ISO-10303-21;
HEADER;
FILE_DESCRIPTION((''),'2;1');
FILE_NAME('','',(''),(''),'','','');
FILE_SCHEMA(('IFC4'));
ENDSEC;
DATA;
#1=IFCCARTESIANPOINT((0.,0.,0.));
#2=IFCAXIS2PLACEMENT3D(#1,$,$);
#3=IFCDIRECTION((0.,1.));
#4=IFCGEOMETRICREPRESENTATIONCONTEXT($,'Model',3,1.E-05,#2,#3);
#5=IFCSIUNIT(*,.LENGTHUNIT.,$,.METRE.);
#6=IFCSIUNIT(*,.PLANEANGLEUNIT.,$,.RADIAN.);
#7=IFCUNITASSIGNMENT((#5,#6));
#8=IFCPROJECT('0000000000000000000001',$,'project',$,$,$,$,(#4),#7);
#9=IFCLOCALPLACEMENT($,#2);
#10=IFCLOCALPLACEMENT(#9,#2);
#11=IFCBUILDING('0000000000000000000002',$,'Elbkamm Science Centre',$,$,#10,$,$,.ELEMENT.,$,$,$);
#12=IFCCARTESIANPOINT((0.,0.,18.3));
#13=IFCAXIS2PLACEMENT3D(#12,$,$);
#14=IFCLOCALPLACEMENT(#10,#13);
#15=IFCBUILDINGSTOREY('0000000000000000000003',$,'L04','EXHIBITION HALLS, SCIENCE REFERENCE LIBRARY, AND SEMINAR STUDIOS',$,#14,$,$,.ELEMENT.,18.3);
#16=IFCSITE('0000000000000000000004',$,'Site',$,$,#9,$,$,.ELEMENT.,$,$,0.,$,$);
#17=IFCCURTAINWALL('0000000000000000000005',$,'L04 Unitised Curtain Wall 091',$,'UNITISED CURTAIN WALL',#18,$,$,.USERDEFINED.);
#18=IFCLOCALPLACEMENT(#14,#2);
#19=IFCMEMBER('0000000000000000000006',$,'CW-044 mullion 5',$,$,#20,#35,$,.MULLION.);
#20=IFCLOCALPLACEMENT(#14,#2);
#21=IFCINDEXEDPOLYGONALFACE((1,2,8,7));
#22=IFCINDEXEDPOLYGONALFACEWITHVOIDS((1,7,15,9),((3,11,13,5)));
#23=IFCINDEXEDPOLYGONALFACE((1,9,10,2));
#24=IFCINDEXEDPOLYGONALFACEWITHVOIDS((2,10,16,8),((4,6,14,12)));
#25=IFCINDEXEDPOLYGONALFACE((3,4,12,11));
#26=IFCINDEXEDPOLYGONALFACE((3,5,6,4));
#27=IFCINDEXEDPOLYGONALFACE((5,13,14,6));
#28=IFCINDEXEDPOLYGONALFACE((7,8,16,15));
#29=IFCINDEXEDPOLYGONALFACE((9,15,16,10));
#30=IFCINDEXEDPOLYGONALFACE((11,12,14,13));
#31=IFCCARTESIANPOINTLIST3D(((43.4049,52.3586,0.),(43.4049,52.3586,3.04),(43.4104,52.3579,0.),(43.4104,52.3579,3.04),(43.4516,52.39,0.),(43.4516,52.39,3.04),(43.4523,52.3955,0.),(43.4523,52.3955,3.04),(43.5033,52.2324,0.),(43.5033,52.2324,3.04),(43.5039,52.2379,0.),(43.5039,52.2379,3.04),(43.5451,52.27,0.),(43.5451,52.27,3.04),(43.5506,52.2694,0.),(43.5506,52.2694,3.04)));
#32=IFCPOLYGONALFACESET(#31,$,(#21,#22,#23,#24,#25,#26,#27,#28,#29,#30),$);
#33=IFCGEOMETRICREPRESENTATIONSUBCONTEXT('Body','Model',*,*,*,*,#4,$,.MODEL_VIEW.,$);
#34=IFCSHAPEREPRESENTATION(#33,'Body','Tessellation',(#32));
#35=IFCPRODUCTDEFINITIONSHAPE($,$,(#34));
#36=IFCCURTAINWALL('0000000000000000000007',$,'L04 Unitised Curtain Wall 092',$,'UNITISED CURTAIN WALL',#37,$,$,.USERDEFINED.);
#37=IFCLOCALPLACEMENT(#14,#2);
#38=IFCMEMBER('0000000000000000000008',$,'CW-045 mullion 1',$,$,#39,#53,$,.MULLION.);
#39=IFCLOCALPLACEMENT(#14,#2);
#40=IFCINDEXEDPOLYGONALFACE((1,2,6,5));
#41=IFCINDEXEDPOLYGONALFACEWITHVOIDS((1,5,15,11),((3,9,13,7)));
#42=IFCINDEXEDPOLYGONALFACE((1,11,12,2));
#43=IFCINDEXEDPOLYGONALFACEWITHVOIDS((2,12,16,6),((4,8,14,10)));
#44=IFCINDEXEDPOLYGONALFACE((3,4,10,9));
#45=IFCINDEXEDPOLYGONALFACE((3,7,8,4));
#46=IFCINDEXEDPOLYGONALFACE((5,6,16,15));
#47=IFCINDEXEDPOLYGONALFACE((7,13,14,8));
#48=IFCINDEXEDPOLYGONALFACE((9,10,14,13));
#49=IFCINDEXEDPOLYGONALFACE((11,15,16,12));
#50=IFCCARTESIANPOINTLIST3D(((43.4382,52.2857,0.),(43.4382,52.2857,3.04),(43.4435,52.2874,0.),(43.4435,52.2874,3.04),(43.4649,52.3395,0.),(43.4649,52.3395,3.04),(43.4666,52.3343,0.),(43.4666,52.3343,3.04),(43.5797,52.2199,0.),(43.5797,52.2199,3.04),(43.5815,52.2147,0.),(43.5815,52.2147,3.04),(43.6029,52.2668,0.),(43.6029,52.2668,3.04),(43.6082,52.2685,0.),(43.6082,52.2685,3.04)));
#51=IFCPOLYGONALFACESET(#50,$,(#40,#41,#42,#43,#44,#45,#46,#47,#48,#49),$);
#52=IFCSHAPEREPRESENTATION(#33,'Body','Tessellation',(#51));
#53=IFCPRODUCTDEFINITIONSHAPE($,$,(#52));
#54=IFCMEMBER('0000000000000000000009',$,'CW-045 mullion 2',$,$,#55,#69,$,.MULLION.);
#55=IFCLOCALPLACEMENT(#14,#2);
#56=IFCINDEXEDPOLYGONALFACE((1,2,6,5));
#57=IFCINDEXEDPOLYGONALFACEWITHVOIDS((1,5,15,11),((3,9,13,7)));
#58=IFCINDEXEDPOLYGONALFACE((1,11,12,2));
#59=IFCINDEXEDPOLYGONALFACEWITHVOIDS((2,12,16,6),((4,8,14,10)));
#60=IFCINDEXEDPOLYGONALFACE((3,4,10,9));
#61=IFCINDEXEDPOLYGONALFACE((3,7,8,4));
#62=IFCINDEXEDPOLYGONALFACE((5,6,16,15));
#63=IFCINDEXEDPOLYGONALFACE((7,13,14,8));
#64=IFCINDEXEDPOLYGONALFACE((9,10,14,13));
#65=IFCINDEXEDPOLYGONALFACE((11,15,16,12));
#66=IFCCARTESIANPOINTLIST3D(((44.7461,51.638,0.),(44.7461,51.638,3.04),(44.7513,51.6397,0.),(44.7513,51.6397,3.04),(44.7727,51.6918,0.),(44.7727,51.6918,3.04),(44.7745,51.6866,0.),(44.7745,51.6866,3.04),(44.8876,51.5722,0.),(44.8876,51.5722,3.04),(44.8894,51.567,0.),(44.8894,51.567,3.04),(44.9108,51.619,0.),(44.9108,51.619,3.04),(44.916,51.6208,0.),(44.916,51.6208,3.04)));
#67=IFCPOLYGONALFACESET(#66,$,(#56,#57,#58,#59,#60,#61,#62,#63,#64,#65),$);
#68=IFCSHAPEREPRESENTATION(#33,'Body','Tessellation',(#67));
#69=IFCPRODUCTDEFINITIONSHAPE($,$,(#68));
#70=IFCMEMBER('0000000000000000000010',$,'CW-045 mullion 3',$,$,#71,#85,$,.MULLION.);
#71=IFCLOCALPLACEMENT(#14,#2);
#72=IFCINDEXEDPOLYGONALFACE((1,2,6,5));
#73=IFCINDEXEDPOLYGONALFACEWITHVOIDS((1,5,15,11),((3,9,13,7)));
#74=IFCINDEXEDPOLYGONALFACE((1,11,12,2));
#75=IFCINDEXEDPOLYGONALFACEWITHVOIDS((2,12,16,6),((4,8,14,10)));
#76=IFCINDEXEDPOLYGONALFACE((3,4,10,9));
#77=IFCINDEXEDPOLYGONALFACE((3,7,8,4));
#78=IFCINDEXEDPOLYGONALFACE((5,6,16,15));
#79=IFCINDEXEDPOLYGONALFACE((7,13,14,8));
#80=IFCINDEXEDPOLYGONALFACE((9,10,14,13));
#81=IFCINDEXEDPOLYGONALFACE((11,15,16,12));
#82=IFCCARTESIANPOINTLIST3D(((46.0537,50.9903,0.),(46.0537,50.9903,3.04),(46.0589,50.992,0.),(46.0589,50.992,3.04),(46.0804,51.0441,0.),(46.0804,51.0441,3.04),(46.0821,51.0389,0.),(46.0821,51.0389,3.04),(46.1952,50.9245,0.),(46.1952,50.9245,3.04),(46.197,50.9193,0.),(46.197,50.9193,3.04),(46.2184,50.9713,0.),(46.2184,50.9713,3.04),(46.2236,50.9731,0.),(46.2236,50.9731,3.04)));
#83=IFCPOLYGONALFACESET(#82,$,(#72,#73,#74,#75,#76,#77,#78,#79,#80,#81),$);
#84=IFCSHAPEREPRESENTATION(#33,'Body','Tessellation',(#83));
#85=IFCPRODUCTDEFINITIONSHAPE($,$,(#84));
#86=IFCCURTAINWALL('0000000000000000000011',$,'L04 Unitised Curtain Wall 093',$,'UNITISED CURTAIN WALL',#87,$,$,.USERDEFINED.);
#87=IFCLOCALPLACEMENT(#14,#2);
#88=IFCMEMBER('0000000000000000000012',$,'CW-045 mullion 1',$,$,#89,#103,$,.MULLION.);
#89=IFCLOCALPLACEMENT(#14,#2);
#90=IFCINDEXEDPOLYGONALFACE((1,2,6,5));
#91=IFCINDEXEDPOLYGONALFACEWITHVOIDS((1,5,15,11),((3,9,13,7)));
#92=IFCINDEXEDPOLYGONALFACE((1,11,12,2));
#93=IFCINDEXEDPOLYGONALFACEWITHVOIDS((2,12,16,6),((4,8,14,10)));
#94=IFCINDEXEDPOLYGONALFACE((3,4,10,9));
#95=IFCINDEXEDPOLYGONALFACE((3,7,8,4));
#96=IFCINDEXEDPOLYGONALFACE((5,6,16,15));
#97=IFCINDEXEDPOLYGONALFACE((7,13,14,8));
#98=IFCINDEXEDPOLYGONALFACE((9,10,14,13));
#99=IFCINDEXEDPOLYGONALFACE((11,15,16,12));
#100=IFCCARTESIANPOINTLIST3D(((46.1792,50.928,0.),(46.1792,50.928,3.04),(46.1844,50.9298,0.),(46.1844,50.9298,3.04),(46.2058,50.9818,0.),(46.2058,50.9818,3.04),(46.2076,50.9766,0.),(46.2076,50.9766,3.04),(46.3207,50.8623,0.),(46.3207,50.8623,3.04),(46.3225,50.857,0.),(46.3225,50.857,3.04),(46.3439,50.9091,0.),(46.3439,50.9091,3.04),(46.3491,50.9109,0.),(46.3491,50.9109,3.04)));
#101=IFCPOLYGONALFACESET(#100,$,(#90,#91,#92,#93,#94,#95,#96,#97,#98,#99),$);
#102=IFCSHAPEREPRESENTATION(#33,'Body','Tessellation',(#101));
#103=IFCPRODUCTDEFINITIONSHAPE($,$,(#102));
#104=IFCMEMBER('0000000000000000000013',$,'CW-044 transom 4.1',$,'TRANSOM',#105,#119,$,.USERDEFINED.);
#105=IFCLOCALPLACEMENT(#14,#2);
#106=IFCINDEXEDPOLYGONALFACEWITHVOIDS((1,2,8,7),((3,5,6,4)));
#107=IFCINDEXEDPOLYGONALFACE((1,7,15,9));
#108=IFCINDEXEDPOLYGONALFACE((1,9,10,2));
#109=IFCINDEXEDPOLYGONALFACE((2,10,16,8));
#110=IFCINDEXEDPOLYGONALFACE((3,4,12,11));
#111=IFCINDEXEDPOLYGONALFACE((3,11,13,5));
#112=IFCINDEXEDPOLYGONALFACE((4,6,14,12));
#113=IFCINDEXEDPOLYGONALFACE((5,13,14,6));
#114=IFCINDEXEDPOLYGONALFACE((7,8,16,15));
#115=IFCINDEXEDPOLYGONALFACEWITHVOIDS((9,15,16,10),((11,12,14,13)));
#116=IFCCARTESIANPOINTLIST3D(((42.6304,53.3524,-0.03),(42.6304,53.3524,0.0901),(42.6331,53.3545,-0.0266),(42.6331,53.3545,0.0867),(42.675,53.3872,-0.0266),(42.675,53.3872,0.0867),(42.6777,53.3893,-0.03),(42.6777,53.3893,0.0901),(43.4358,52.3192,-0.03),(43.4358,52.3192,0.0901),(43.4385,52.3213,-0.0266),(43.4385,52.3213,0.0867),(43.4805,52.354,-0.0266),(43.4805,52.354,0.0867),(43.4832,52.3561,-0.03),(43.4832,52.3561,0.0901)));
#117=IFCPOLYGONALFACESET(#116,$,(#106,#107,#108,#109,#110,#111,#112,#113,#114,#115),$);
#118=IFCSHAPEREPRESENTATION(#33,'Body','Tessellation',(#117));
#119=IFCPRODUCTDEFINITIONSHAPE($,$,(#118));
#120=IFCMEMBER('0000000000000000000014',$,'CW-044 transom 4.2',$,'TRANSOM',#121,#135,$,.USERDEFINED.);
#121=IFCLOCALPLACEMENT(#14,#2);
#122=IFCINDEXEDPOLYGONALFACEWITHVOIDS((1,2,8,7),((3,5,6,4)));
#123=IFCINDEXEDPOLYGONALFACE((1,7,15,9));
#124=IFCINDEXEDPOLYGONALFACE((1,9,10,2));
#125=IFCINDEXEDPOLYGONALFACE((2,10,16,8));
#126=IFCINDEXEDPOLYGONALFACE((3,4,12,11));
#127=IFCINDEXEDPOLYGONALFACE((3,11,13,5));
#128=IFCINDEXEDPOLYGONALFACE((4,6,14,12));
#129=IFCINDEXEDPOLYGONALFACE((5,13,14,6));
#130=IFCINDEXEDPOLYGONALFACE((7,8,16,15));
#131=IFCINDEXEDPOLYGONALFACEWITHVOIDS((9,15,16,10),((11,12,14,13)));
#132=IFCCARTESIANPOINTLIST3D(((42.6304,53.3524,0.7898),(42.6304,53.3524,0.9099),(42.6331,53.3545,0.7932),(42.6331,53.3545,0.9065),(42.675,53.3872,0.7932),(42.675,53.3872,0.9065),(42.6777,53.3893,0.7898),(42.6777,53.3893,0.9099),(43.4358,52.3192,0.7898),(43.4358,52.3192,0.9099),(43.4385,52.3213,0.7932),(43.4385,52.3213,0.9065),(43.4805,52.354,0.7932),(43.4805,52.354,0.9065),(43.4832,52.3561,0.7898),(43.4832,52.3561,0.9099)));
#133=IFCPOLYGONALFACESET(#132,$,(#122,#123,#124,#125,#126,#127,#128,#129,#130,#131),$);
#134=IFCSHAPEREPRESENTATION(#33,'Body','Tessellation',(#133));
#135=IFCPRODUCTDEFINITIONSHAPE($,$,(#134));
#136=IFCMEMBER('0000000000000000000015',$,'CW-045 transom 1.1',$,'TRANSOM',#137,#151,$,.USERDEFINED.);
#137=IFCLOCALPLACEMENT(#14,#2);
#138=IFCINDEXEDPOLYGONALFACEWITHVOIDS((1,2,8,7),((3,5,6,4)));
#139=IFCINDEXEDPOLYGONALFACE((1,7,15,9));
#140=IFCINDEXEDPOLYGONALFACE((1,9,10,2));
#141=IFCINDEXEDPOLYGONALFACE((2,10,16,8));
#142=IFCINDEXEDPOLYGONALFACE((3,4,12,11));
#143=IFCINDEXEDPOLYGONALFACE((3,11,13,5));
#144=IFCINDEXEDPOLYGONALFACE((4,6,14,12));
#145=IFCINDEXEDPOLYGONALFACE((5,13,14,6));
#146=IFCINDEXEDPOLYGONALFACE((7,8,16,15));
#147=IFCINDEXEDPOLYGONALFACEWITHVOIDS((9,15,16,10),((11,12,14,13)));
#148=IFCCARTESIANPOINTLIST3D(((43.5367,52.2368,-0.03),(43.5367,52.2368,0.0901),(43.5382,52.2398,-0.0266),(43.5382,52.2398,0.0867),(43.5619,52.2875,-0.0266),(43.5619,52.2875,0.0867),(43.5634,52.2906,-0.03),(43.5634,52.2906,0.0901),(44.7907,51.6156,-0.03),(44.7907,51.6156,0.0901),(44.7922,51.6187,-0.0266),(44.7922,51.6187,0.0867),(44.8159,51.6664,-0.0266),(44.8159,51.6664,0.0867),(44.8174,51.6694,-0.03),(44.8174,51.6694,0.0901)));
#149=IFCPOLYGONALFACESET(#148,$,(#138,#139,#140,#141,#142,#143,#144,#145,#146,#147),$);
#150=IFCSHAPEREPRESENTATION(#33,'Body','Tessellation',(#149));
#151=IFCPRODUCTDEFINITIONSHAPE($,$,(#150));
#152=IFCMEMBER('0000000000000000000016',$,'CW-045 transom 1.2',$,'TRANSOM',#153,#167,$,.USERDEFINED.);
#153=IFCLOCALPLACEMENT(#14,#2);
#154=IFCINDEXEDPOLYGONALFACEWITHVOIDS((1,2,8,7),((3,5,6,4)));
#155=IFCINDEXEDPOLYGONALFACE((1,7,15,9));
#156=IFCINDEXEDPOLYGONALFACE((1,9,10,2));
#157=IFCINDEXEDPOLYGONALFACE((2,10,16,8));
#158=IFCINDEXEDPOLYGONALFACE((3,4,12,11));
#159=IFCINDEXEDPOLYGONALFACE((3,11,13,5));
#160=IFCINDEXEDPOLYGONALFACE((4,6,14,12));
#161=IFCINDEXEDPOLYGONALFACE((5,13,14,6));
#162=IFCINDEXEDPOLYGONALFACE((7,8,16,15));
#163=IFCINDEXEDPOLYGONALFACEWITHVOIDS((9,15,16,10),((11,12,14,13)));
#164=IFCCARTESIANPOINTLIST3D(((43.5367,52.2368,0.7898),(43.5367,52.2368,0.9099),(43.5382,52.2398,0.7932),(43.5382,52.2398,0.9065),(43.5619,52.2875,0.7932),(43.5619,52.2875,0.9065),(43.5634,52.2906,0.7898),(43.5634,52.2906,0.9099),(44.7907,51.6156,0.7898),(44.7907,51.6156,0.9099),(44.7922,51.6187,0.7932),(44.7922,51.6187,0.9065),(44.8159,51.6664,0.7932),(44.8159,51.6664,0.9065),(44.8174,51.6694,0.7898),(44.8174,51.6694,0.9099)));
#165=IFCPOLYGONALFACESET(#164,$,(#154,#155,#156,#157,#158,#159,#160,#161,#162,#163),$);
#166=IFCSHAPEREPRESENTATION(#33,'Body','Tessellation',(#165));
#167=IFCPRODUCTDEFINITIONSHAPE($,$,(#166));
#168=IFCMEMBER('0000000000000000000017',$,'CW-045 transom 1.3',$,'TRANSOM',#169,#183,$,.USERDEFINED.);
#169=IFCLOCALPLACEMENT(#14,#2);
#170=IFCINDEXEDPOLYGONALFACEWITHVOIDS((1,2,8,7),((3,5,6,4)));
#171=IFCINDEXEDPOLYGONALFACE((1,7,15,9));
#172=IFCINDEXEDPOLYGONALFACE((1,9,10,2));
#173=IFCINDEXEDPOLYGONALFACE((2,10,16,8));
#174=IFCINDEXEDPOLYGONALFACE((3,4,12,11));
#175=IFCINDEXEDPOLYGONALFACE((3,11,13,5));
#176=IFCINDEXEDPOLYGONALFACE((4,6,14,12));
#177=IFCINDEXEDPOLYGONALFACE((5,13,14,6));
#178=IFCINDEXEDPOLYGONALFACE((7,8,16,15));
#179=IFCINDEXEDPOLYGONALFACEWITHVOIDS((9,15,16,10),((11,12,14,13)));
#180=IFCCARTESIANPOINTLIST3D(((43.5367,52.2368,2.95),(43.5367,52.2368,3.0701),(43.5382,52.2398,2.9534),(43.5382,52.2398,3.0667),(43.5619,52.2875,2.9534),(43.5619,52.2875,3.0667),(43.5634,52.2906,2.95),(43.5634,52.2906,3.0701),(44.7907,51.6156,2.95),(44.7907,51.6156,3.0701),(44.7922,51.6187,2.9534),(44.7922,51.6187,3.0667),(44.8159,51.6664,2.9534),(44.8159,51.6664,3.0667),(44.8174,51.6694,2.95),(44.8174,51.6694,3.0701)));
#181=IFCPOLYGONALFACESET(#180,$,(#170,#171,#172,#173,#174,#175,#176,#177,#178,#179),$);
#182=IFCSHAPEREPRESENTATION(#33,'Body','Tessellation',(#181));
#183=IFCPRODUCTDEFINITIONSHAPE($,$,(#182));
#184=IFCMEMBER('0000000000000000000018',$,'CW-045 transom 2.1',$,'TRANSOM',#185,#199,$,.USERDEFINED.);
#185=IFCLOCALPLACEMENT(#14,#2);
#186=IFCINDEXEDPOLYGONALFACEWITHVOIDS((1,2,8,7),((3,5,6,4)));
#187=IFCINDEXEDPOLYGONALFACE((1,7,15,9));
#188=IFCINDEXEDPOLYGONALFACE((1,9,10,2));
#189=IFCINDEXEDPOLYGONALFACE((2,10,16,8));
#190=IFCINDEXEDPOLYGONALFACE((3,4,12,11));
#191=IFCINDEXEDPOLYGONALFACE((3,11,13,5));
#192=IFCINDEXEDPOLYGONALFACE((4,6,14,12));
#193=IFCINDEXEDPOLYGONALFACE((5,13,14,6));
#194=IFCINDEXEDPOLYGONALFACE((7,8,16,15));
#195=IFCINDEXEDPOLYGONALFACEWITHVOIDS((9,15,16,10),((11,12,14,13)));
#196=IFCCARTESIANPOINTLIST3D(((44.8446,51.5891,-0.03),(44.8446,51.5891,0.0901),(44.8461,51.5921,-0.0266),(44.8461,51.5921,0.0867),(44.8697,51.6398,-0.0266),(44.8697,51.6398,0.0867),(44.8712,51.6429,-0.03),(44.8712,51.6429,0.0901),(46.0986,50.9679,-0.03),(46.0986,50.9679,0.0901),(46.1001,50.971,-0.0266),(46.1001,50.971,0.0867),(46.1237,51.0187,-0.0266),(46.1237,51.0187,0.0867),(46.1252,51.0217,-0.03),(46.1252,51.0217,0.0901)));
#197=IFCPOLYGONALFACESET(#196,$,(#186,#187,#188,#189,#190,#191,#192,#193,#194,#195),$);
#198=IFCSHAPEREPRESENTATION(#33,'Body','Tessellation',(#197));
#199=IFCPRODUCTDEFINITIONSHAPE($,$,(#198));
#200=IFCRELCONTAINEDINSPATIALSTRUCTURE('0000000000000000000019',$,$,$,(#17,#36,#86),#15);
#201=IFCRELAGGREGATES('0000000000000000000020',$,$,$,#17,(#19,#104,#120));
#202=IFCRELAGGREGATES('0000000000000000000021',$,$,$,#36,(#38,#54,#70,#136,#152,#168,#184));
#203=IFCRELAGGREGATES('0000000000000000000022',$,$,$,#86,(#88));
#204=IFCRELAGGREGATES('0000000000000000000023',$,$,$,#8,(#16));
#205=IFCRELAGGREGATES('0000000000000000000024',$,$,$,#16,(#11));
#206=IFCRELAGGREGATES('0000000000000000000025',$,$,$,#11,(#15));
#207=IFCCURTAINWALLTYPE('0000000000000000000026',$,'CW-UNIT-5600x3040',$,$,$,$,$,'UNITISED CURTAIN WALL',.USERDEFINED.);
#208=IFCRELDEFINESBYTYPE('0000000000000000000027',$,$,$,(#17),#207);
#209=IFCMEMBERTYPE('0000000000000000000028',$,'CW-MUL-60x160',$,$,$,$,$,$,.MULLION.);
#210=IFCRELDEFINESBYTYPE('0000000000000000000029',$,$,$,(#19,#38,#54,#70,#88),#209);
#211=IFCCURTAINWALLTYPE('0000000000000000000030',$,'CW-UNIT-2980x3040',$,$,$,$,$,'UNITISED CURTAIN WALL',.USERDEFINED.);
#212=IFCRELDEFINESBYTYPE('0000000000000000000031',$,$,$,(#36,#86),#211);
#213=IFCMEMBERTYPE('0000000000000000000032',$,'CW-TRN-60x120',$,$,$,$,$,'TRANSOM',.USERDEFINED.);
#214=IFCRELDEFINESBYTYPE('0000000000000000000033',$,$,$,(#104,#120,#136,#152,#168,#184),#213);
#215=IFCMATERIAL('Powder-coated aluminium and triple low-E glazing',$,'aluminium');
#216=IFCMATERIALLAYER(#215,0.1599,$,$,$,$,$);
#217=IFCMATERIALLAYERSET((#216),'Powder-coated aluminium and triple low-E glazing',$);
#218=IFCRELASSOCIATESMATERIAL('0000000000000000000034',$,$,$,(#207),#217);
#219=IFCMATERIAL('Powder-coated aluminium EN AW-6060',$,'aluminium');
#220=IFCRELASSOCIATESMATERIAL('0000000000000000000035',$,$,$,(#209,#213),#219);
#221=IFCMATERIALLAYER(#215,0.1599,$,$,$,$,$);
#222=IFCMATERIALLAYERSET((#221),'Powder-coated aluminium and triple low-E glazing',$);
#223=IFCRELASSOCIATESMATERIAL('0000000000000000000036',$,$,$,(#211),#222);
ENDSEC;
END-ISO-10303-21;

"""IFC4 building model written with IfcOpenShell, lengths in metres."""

from ifc_helpers import new_model, si_unit, direction, frame, origin, origin_2d, place, context, subcontext, project, spatial, hollow_rectangle, extrude, material, layer, layer_set, material_profile, profile_set, type_object, element, aggregate, save


model = new_model("IFC4")

# Units and contexts
model_context = context("Model", 3, precision=1e-05, world=origin(), true_north=direction((0.0, 1.0)))
body_context = subcontext(model_context, "Body", "Model", "MODEL_VIEW")
ifc_project = project(units=[si_unit("LENGTHUNIT", "METRE"), si_unit("PLANEANGLEUNIT", "RADIAN")], contexts=[model_context])

# Site, building, storey
site_placement = place(None, origin())
site = spatial("IfcSite", under=ifc_project, at=site_placement, Name="Site", CompositionType="ELEMENT", RefElevation=0.0)
building_placement = place(site_placement, origin())
building = spatial("IfcBuilding", under=site, at=building_placement, Name="Elbkamm Science Centre", CompositionType="ELEMENT")
storey_placement = place(building_placement, frame((0.0, 0.0, 18.3)))
storey = spatial("IfcBuildingStorey", under=building, at=storey_placement, Name="L04", Description="EXHIBITION HALLS, SCIENCE REFERENCE LIBRARY, AND SEMINAR STUDIOS", CompositionType="ELEMENT", Elevation=18.3)

# Curtain wall, member
ifc_material_1 = material(Name="Powder-coated aluminium and triple low-E glazing", Category="aluminium")
ifc_layer_1 = layer(ifc_material_1, 0.1599)
ifc_layer_set_1 = layer_set([ifc_layer_1], Name="Powder-coated aluminium and triple low-E glazing")
curtain_wall_type_1 = type_object("IfcCurtainWallType", Name="CW-UNIT-5600x3040", ElementType="UNITISED CURTAIN WALL", PredefinedType="USERDEFINED", material=ifc_layer_set_1)
curtain_wall_1_placement = place(storey_placement, origin())
curtain_wall_1 = element("IfcCurtainWall", 1, at=curtain_wall_1_placement, inside=storey, type_object=curtain_wall_type_1, Name="L04 Unitised Curtain Wall 091", ObjectType="UNITISED CURTAIN WALL", PredefinedType="USERDEFINED")
ifc_material_2 = material(Name="Powder-coated aluminium EN AW-6060", Category="aluminium")
ifc_material_profile_1 = material_profile(ifc_material_2, hollow_rectangle(XDim=0.0601, YDim=0.1599, WallThickness=0.0039, at=origin_2d()), Name="ALU M60x160")
ifc_profile_set_1 = profile_set([ifc_material_profile_1], Name="Powder-coated aluminium EN AW-6060")
member_type_1 = type_object("IfcMemberType", Name="CW-MUL-60x160", PredefinedType="MULLION", material=ifc_profile_set_1)
member_1_placement = place(storey_placement, frame((43.4778, 52.314, 0.0), z_axis=(0.0, 0.0, 1.0), x_axis=(0.788679, 0.614806, 0.0)))
member_1 = element("IfcMember", 2, at=member_1_placement, type_object=member_type_1, Name="CW-044 mullion 5", PredefinedType="MULLION", context=body_context, shape_type="SweptSolid", body=[
    extrude(hollow_rectangle(XDim=0.0601, YDim=0.1599, WallThickness=0.0039, at=origin_2d()), origin(), (0.0, 0.0, 1.0), 3.04),
])

# Curtain wall, members
ifc_layer_2 = layer(ifc_material_1, 0.1599)
ifc_layer_set_2 = layer_set([ifc_layer_2], Name="Powder-coated aluminium and triple low-E glazing")
curtain_wall_type_2 = type_object("IfcCurtainWallType", Name="CW-UNIT-2980x3040", ElementType="UNITISED CURTAIN WALL", PredefinedType="USERDEFINED", material=ifc_layer_set_2)
curtain_wall_2_placement = place(storey_placement, origin())
curtain_wall_2 = element("IfcCurtainWall", 3, at=curtain_wall_2_placement, inside=storey, type_object=curtain_wall_type_2, Name="L04 Unitised Curtain Wall 092", ObjectType="UNITISED CURTAIN WALL", PredefinedType="USERDEFINED")
member_2_placement = place(storey_placement, frame((43.5232, 52.2771, 0.0), z_axis=(0.0, 0.0, 1.0), x_axis=(0.44384, 0.896106, 0.0)))
member_2 = element("IfcMember", 4, at=member_2_placement, type_object=member_type_1, Name="CW-045 mullion 1", PredefinedType="MULLION", context=body_context, shape_type="SweptSolid", body=[
    extrude(hollow_rectangle(XDim=0.0601, YDim=0.1599, WallThickness=0.0039, at=origin_2d()), origin(), (0.0, 0.0, 1.0), 3.04),
])
member_3_placement = place(storey_placement, frame((44.8311, 51.6294, 0.0), z_axis=(0.0, 0.0, 1.0), x_axis=(0.44384, 0.896106, 0.0)))
member_3 = element("IfcMember", 5, at=member_3_placement, type_object=member_type_1, Name="CW-045 mullion 2", PredefinedType="MULLION", context=body_context, shape_type="SweptSolid", body=[
    extrude(hollow_rectangle(XDim=0.0601, YDim=0.1599, WallThickness=0.0039, at=origin_2d()), origin(), (0.0, 0.0, 1.0), 3.04),
])
member_4_placement = place(storey_placement, frame((46.1387, 50.9817, 0.0), z_axis=(0.0, 0.0, 1.0), x_axis=(0.44384, 0.896106, 0.0)))
member_4 = element("IfcMember", 6, at=member_4_placement, type_object=member_type_1, Name="CW-045 mullion 3", PredefinedType="MULLION", context=body_context, shape_type="SweptSolid", body=[
    extrude(hollow_rectangle(XDim=0.0601, YDim=0.1599, WallThickness=0.0039, at=origin_2d()), origin(), (0.0, 0.0, 1.0), 3.04),
])

# Curtain wall, member
curtain_wall_3_placement = place(storey_placement, origin())
curtain_wall_3 = element("IfcCurtainWall", 7, at=curtain_wall_3_placement, inside=storey, type_object=curtain_wall_type_2, Name="L04 Unitised Curtain Wall 093", ObjectType="UNITISED CURTAIN WALL", PredefinedType="USERDEFINED")
member_5_placement = place(storey_placement, frame((46.2642, 50.9194, 0.0), z_axis=(0.0, 0.0, 1.0), x_axis=(0.44384, 0.896106, 0.0)))
member_5 = element("IfcMember", 8, at=member_5_placement, type_object=member_type_1, Name="CW-045 mullion 1", PredefinedType="MULLION", context=body_context, shape_type="SweptSolid", body=[
    extrude(hollow_rectangle(XDim=0.0601, YDim=0.1599, WallThickness=0.0039, at=origin_2d()), origin(), (0.0, 0.0, 1.0), 3.04),
])

# Members
ifc_material_profile_2 = material_profile(ifc_material_2, hollow_rectangle(XDim=0.0601, YDim=0.1201, WallThickness=0.0034, at=origin_2d()), Name="ALU T60x120")
ifc_profile_set_2 = profile_set([ifc_material_profile_2], Name="Powder-coated aluminium EN AW-6060")
member_type_2 = type_object("IfcMemberType", Name="CW-TRN-60x120", ElementType="TRANSOM", PredefinedType="USERDEFINED", material=ifc_profile_set_2)
member_6_placement = place(storey_placement, frame((42.6541, 53.3708, 0.03), z_axis=(0.614805, -0.788679, 0.0), x_axis=(0.788679, 0.614805, 0.0)))
member_6 = element("IfcMember", 9, at=member_6_placement, type_object=member_type_2, Name="CW-044 transom 4.1", ObjectType="TRANSOM", PredefinedType="USERDEFINED", context=body_context, shape_type="SweptSolid", body=[
    extrude(hollow_rectangle(XDim=0.0601, YDim=0.1201, WallThickness=0.0034, at=origin_2d()), origin(), (0.0, 0.0, 1.0), 1.3101),
])
member_7_placement = place(storey_placement, frame((42.6541, 53.3708, 0.8499), z_axis=(0.614805, -0.788679, 0.0), x_axis=(0.788679, 0.614805, 0.0)))
member_7 = element("IfcMember", 10, at=member_7_placement, type_object=member_type_2, Name="CW-044 transom 4.2", ObjectType="TRANSOM", PredefinedType="USERDEFINED", context=body_context, shape_type="SweptSolid", body=[
    extrude(hollow_rectangle(XDim=0.0601, YDim=0.1201, WallThickness=0.0034, at=origin_2d()), origin(), (0.0, 0.0, 1.0), 1.3101),
])
member_8_placement = place(storey_placement, frame((43.55, 52.2637, 0.03), z_axis=(0.896096, -0.443861, 0.0), x_axis=(0.443861, 0.896096, 0.0)))
member_8 = element("IfcMember", 11, at=member_8_placement, type_object=member_type_2, Name="CW-045 transom 1.1", ObjectType="TRANSOM", PredefinedType="USERDEFINED", context=body_context, shape_type="SweptSolid", body=[
    extrude(hollow_rectangle(XDim=0.0601, YDim=0.1201, WallThickness=0.0034, at=origin_2d()), origin(), (0.0, 0.0, 1.0), 1.3994),
])
member_9_placement = place(storey_placement, frame((43.55, 52.2637, 0.8499), z_axis=(0.896096, -0.443861, 0.0), x_axis=(0.443861, 0.896096, 0.0)))
member_9 = element("IfcMember", 12, at=member_9_placement, type_object=member_type_2, Name="CW-045 transom 1.2", ObjectType="TRANSOM", PredefinedType="USERDEFINED", context=body_context, shape_type="SweptSolid", body=[
    extrude(hollow_rectangle(XDim=0.0601, YDim=0.1201, WallThickness=0.0034, at=origin_2d()), origin(), (0.0, 0.0, 1.0), 1.3994),
])
member_10_placement = place(storey_placement, frame((43.55, 52.2637, 3.01), z_axis=(0.896096, -0.443861, 0.0), x_axis=(0.443861, 0.896096, 0.0)))
member_10 = element("IfcMember", 13, at=member_10_placement, type_object=member_type_2, Name="CW-045 transom 1.3", ObjectType="TRANSOM", PredefinedType="USERDEFINED", context=body_context, shape_type="SweptSolid", body=[
    extrude(hollow_rectangle(XDim=0.0601, YDim=0.1201, WallThickness=0.0034, at=origin_2d()), origin(), (0.0, 0.0, 1.0), 1.3994),
])
member_11_placement = place(storey_placement, frame((44.8579, 51.616, 0.03), z_axis=(0.896096, -0.443861, 0.0), x_axis=(0.443861, 0.896096, 0.0)))
member_11 = element("IfcMember", 14, at=member_11_placement, type_object=member_type_2, Name="CW-045 transom 2.1", ObjectType="TRANSOM", PredefinedType="USERDEFINED", context=body_context, shape_type="SweptSolid", body=[
    extrude(hollow_rectangle(XDim=0.0601, YDim=0.1201, WallThickness=0.0034, at=origin_2d()), origin(), (0.0, 0.0, 1.0), 1.3994),
])

aggregate(curtain_wall_1, [member_1, member_6, member_7])
aggregate(curtain_wall_2, [member_2, member_3, member_4, member_8, member_9, member_10, member_11])
aggregate(curtain_wall_3, [member_5])

save(model, "model.ifc")
